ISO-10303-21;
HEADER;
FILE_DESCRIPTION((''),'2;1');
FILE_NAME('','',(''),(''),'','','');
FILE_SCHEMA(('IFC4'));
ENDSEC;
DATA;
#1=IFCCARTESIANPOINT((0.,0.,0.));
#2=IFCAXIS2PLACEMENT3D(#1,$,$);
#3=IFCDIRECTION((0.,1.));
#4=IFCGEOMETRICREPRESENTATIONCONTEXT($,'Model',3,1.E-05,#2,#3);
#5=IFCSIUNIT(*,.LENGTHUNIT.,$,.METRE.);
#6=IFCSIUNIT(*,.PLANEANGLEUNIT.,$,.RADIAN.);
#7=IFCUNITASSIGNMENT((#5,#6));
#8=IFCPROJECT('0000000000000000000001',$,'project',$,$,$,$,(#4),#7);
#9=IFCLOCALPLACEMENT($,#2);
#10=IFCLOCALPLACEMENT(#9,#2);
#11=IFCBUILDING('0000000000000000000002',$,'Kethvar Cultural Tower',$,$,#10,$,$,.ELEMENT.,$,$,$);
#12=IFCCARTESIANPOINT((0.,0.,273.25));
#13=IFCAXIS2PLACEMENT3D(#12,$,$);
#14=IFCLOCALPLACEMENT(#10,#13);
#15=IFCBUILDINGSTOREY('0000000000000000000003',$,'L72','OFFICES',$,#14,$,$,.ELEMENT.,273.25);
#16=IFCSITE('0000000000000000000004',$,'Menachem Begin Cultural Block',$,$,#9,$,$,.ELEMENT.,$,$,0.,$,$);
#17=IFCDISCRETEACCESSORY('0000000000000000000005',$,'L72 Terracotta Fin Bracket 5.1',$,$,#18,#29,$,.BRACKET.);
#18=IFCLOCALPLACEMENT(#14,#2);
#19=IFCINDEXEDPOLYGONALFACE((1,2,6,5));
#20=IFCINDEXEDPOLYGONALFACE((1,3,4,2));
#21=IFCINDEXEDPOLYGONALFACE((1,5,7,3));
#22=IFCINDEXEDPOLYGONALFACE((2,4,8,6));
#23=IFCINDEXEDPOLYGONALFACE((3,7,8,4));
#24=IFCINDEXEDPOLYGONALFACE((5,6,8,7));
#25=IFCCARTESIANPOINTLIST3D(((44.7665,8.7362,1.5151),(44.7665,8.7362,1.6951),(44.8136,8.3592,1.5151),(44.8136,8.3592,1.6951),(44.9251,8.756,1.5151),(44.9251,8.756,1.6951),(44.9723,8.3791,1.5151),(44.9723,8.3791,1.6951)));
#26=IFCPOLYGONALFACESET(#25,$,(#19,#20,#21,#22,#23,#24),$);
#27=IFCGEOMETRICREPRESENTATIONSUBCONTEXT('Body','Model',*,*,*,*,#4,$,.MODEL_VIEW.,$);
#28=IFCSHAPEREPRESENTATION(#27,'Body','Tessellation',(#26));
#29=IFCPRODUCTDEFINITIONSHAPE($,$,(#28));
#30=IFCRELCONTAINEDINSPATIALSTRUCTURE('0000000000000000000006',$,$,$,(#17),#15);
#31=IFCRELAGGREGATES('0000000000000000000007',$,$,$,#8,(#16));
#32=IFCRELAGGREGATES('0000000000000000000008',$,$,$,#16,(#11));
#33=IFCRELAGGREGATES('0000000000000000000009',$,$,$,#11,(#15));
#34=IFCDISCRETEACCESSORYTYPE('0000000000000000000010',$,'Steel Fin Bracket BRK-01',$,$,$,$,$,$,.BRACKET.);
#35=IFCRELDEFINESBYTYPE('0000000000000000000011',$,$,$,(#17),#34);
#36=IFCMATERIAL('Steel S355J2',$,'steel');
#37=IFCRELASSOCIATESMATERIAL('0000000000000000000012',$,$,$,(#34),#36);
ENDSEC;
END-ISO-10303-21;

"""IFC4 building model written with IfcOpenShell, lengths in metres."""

from ifc_helpers import new_model, si_unit, direction, frame, origin, origin_2d, place, context, subcontext, project, spatial, rectangle, extrude, source, transform, mapped, material, type_object, element, save


model = new_model("IFC4")

# Units and contexts
model_context = context("Model", 3, precision=1e-05, world=origin(), true_north=direction((0.0, 1.0)))
body_context = subcontext(model_context, "Body", "Model", "MODEL_VIEW")
ifc_project = project(units=[si_unit("LENGTHUNIT", "METRE"), si_unit("PLANEANGLEUNIT", "RADIAN")], contexts=[model_context])

# Site, building, storey
site_placement = place(None, origin())
site = spatial("IfcSite", under=ifc_project, at=site_placement, Name="Menachem Begin Cultural Block", CompositionType="ELEMENT", RefElevation=0.0)
building_placement = place(site_placement, origin())
building = spatial("IfcBuilding", under=site, at=building_placement, Name="Kethvar Cultural Tower", CompositionType="ELEMENT")
storey_placement = place(building_placement, frame((0.0, 0.0, 273.25)))
storey = spatial("IfcBuildingStorey", under=building, at=storey_placement, Name="L72", Description="OFFICES", CompositionType="ELEMENT", Elevation=273.25)

# Shared definitions
ifc_material_1 = material(Name="Steel S355J2", Category="steel")

# Discrete accessory
discrete_accessory_type = type_object("IfcDiscreteAccessoryType", Name="Steel Fin Bracket BRK-01", PredefinedType="BRACKET", material=ifc_material_1)
shared_shape_1 = source(origin(), body_context, "Body", "SweptSolid", [
    extrude(rectangle(XDim=0.3799, YDim=0.1599, at=origin_2d()), origin(), (0.0, 0.0, 1.0), 0.1799),
])
for number, where, z_axis, x_axis, name in (
    (1, (44.8694, 8.5576, 1.5151), (0.0, 0.0, 1.0), (0.124121, -0.992267, 0.0), "L72 Terracotta Fin Bracket 5.1"),
):
    element("IfcDiscreteAccessory", number, at=place(storey_placement, frame(where, z_axis=z_axis, x_axis=x_axis)), inside=storey, type_object=discrete_accessory_type, Name=name, PredefinedType="BRACKET", context=body_context, shape_type="MappedRepresentation", body=[
        mapped(shared_shape_1, transform((0.0, 0.0, 0.0), scale=1.0)),
    ])

save(model, "model.ifc")
